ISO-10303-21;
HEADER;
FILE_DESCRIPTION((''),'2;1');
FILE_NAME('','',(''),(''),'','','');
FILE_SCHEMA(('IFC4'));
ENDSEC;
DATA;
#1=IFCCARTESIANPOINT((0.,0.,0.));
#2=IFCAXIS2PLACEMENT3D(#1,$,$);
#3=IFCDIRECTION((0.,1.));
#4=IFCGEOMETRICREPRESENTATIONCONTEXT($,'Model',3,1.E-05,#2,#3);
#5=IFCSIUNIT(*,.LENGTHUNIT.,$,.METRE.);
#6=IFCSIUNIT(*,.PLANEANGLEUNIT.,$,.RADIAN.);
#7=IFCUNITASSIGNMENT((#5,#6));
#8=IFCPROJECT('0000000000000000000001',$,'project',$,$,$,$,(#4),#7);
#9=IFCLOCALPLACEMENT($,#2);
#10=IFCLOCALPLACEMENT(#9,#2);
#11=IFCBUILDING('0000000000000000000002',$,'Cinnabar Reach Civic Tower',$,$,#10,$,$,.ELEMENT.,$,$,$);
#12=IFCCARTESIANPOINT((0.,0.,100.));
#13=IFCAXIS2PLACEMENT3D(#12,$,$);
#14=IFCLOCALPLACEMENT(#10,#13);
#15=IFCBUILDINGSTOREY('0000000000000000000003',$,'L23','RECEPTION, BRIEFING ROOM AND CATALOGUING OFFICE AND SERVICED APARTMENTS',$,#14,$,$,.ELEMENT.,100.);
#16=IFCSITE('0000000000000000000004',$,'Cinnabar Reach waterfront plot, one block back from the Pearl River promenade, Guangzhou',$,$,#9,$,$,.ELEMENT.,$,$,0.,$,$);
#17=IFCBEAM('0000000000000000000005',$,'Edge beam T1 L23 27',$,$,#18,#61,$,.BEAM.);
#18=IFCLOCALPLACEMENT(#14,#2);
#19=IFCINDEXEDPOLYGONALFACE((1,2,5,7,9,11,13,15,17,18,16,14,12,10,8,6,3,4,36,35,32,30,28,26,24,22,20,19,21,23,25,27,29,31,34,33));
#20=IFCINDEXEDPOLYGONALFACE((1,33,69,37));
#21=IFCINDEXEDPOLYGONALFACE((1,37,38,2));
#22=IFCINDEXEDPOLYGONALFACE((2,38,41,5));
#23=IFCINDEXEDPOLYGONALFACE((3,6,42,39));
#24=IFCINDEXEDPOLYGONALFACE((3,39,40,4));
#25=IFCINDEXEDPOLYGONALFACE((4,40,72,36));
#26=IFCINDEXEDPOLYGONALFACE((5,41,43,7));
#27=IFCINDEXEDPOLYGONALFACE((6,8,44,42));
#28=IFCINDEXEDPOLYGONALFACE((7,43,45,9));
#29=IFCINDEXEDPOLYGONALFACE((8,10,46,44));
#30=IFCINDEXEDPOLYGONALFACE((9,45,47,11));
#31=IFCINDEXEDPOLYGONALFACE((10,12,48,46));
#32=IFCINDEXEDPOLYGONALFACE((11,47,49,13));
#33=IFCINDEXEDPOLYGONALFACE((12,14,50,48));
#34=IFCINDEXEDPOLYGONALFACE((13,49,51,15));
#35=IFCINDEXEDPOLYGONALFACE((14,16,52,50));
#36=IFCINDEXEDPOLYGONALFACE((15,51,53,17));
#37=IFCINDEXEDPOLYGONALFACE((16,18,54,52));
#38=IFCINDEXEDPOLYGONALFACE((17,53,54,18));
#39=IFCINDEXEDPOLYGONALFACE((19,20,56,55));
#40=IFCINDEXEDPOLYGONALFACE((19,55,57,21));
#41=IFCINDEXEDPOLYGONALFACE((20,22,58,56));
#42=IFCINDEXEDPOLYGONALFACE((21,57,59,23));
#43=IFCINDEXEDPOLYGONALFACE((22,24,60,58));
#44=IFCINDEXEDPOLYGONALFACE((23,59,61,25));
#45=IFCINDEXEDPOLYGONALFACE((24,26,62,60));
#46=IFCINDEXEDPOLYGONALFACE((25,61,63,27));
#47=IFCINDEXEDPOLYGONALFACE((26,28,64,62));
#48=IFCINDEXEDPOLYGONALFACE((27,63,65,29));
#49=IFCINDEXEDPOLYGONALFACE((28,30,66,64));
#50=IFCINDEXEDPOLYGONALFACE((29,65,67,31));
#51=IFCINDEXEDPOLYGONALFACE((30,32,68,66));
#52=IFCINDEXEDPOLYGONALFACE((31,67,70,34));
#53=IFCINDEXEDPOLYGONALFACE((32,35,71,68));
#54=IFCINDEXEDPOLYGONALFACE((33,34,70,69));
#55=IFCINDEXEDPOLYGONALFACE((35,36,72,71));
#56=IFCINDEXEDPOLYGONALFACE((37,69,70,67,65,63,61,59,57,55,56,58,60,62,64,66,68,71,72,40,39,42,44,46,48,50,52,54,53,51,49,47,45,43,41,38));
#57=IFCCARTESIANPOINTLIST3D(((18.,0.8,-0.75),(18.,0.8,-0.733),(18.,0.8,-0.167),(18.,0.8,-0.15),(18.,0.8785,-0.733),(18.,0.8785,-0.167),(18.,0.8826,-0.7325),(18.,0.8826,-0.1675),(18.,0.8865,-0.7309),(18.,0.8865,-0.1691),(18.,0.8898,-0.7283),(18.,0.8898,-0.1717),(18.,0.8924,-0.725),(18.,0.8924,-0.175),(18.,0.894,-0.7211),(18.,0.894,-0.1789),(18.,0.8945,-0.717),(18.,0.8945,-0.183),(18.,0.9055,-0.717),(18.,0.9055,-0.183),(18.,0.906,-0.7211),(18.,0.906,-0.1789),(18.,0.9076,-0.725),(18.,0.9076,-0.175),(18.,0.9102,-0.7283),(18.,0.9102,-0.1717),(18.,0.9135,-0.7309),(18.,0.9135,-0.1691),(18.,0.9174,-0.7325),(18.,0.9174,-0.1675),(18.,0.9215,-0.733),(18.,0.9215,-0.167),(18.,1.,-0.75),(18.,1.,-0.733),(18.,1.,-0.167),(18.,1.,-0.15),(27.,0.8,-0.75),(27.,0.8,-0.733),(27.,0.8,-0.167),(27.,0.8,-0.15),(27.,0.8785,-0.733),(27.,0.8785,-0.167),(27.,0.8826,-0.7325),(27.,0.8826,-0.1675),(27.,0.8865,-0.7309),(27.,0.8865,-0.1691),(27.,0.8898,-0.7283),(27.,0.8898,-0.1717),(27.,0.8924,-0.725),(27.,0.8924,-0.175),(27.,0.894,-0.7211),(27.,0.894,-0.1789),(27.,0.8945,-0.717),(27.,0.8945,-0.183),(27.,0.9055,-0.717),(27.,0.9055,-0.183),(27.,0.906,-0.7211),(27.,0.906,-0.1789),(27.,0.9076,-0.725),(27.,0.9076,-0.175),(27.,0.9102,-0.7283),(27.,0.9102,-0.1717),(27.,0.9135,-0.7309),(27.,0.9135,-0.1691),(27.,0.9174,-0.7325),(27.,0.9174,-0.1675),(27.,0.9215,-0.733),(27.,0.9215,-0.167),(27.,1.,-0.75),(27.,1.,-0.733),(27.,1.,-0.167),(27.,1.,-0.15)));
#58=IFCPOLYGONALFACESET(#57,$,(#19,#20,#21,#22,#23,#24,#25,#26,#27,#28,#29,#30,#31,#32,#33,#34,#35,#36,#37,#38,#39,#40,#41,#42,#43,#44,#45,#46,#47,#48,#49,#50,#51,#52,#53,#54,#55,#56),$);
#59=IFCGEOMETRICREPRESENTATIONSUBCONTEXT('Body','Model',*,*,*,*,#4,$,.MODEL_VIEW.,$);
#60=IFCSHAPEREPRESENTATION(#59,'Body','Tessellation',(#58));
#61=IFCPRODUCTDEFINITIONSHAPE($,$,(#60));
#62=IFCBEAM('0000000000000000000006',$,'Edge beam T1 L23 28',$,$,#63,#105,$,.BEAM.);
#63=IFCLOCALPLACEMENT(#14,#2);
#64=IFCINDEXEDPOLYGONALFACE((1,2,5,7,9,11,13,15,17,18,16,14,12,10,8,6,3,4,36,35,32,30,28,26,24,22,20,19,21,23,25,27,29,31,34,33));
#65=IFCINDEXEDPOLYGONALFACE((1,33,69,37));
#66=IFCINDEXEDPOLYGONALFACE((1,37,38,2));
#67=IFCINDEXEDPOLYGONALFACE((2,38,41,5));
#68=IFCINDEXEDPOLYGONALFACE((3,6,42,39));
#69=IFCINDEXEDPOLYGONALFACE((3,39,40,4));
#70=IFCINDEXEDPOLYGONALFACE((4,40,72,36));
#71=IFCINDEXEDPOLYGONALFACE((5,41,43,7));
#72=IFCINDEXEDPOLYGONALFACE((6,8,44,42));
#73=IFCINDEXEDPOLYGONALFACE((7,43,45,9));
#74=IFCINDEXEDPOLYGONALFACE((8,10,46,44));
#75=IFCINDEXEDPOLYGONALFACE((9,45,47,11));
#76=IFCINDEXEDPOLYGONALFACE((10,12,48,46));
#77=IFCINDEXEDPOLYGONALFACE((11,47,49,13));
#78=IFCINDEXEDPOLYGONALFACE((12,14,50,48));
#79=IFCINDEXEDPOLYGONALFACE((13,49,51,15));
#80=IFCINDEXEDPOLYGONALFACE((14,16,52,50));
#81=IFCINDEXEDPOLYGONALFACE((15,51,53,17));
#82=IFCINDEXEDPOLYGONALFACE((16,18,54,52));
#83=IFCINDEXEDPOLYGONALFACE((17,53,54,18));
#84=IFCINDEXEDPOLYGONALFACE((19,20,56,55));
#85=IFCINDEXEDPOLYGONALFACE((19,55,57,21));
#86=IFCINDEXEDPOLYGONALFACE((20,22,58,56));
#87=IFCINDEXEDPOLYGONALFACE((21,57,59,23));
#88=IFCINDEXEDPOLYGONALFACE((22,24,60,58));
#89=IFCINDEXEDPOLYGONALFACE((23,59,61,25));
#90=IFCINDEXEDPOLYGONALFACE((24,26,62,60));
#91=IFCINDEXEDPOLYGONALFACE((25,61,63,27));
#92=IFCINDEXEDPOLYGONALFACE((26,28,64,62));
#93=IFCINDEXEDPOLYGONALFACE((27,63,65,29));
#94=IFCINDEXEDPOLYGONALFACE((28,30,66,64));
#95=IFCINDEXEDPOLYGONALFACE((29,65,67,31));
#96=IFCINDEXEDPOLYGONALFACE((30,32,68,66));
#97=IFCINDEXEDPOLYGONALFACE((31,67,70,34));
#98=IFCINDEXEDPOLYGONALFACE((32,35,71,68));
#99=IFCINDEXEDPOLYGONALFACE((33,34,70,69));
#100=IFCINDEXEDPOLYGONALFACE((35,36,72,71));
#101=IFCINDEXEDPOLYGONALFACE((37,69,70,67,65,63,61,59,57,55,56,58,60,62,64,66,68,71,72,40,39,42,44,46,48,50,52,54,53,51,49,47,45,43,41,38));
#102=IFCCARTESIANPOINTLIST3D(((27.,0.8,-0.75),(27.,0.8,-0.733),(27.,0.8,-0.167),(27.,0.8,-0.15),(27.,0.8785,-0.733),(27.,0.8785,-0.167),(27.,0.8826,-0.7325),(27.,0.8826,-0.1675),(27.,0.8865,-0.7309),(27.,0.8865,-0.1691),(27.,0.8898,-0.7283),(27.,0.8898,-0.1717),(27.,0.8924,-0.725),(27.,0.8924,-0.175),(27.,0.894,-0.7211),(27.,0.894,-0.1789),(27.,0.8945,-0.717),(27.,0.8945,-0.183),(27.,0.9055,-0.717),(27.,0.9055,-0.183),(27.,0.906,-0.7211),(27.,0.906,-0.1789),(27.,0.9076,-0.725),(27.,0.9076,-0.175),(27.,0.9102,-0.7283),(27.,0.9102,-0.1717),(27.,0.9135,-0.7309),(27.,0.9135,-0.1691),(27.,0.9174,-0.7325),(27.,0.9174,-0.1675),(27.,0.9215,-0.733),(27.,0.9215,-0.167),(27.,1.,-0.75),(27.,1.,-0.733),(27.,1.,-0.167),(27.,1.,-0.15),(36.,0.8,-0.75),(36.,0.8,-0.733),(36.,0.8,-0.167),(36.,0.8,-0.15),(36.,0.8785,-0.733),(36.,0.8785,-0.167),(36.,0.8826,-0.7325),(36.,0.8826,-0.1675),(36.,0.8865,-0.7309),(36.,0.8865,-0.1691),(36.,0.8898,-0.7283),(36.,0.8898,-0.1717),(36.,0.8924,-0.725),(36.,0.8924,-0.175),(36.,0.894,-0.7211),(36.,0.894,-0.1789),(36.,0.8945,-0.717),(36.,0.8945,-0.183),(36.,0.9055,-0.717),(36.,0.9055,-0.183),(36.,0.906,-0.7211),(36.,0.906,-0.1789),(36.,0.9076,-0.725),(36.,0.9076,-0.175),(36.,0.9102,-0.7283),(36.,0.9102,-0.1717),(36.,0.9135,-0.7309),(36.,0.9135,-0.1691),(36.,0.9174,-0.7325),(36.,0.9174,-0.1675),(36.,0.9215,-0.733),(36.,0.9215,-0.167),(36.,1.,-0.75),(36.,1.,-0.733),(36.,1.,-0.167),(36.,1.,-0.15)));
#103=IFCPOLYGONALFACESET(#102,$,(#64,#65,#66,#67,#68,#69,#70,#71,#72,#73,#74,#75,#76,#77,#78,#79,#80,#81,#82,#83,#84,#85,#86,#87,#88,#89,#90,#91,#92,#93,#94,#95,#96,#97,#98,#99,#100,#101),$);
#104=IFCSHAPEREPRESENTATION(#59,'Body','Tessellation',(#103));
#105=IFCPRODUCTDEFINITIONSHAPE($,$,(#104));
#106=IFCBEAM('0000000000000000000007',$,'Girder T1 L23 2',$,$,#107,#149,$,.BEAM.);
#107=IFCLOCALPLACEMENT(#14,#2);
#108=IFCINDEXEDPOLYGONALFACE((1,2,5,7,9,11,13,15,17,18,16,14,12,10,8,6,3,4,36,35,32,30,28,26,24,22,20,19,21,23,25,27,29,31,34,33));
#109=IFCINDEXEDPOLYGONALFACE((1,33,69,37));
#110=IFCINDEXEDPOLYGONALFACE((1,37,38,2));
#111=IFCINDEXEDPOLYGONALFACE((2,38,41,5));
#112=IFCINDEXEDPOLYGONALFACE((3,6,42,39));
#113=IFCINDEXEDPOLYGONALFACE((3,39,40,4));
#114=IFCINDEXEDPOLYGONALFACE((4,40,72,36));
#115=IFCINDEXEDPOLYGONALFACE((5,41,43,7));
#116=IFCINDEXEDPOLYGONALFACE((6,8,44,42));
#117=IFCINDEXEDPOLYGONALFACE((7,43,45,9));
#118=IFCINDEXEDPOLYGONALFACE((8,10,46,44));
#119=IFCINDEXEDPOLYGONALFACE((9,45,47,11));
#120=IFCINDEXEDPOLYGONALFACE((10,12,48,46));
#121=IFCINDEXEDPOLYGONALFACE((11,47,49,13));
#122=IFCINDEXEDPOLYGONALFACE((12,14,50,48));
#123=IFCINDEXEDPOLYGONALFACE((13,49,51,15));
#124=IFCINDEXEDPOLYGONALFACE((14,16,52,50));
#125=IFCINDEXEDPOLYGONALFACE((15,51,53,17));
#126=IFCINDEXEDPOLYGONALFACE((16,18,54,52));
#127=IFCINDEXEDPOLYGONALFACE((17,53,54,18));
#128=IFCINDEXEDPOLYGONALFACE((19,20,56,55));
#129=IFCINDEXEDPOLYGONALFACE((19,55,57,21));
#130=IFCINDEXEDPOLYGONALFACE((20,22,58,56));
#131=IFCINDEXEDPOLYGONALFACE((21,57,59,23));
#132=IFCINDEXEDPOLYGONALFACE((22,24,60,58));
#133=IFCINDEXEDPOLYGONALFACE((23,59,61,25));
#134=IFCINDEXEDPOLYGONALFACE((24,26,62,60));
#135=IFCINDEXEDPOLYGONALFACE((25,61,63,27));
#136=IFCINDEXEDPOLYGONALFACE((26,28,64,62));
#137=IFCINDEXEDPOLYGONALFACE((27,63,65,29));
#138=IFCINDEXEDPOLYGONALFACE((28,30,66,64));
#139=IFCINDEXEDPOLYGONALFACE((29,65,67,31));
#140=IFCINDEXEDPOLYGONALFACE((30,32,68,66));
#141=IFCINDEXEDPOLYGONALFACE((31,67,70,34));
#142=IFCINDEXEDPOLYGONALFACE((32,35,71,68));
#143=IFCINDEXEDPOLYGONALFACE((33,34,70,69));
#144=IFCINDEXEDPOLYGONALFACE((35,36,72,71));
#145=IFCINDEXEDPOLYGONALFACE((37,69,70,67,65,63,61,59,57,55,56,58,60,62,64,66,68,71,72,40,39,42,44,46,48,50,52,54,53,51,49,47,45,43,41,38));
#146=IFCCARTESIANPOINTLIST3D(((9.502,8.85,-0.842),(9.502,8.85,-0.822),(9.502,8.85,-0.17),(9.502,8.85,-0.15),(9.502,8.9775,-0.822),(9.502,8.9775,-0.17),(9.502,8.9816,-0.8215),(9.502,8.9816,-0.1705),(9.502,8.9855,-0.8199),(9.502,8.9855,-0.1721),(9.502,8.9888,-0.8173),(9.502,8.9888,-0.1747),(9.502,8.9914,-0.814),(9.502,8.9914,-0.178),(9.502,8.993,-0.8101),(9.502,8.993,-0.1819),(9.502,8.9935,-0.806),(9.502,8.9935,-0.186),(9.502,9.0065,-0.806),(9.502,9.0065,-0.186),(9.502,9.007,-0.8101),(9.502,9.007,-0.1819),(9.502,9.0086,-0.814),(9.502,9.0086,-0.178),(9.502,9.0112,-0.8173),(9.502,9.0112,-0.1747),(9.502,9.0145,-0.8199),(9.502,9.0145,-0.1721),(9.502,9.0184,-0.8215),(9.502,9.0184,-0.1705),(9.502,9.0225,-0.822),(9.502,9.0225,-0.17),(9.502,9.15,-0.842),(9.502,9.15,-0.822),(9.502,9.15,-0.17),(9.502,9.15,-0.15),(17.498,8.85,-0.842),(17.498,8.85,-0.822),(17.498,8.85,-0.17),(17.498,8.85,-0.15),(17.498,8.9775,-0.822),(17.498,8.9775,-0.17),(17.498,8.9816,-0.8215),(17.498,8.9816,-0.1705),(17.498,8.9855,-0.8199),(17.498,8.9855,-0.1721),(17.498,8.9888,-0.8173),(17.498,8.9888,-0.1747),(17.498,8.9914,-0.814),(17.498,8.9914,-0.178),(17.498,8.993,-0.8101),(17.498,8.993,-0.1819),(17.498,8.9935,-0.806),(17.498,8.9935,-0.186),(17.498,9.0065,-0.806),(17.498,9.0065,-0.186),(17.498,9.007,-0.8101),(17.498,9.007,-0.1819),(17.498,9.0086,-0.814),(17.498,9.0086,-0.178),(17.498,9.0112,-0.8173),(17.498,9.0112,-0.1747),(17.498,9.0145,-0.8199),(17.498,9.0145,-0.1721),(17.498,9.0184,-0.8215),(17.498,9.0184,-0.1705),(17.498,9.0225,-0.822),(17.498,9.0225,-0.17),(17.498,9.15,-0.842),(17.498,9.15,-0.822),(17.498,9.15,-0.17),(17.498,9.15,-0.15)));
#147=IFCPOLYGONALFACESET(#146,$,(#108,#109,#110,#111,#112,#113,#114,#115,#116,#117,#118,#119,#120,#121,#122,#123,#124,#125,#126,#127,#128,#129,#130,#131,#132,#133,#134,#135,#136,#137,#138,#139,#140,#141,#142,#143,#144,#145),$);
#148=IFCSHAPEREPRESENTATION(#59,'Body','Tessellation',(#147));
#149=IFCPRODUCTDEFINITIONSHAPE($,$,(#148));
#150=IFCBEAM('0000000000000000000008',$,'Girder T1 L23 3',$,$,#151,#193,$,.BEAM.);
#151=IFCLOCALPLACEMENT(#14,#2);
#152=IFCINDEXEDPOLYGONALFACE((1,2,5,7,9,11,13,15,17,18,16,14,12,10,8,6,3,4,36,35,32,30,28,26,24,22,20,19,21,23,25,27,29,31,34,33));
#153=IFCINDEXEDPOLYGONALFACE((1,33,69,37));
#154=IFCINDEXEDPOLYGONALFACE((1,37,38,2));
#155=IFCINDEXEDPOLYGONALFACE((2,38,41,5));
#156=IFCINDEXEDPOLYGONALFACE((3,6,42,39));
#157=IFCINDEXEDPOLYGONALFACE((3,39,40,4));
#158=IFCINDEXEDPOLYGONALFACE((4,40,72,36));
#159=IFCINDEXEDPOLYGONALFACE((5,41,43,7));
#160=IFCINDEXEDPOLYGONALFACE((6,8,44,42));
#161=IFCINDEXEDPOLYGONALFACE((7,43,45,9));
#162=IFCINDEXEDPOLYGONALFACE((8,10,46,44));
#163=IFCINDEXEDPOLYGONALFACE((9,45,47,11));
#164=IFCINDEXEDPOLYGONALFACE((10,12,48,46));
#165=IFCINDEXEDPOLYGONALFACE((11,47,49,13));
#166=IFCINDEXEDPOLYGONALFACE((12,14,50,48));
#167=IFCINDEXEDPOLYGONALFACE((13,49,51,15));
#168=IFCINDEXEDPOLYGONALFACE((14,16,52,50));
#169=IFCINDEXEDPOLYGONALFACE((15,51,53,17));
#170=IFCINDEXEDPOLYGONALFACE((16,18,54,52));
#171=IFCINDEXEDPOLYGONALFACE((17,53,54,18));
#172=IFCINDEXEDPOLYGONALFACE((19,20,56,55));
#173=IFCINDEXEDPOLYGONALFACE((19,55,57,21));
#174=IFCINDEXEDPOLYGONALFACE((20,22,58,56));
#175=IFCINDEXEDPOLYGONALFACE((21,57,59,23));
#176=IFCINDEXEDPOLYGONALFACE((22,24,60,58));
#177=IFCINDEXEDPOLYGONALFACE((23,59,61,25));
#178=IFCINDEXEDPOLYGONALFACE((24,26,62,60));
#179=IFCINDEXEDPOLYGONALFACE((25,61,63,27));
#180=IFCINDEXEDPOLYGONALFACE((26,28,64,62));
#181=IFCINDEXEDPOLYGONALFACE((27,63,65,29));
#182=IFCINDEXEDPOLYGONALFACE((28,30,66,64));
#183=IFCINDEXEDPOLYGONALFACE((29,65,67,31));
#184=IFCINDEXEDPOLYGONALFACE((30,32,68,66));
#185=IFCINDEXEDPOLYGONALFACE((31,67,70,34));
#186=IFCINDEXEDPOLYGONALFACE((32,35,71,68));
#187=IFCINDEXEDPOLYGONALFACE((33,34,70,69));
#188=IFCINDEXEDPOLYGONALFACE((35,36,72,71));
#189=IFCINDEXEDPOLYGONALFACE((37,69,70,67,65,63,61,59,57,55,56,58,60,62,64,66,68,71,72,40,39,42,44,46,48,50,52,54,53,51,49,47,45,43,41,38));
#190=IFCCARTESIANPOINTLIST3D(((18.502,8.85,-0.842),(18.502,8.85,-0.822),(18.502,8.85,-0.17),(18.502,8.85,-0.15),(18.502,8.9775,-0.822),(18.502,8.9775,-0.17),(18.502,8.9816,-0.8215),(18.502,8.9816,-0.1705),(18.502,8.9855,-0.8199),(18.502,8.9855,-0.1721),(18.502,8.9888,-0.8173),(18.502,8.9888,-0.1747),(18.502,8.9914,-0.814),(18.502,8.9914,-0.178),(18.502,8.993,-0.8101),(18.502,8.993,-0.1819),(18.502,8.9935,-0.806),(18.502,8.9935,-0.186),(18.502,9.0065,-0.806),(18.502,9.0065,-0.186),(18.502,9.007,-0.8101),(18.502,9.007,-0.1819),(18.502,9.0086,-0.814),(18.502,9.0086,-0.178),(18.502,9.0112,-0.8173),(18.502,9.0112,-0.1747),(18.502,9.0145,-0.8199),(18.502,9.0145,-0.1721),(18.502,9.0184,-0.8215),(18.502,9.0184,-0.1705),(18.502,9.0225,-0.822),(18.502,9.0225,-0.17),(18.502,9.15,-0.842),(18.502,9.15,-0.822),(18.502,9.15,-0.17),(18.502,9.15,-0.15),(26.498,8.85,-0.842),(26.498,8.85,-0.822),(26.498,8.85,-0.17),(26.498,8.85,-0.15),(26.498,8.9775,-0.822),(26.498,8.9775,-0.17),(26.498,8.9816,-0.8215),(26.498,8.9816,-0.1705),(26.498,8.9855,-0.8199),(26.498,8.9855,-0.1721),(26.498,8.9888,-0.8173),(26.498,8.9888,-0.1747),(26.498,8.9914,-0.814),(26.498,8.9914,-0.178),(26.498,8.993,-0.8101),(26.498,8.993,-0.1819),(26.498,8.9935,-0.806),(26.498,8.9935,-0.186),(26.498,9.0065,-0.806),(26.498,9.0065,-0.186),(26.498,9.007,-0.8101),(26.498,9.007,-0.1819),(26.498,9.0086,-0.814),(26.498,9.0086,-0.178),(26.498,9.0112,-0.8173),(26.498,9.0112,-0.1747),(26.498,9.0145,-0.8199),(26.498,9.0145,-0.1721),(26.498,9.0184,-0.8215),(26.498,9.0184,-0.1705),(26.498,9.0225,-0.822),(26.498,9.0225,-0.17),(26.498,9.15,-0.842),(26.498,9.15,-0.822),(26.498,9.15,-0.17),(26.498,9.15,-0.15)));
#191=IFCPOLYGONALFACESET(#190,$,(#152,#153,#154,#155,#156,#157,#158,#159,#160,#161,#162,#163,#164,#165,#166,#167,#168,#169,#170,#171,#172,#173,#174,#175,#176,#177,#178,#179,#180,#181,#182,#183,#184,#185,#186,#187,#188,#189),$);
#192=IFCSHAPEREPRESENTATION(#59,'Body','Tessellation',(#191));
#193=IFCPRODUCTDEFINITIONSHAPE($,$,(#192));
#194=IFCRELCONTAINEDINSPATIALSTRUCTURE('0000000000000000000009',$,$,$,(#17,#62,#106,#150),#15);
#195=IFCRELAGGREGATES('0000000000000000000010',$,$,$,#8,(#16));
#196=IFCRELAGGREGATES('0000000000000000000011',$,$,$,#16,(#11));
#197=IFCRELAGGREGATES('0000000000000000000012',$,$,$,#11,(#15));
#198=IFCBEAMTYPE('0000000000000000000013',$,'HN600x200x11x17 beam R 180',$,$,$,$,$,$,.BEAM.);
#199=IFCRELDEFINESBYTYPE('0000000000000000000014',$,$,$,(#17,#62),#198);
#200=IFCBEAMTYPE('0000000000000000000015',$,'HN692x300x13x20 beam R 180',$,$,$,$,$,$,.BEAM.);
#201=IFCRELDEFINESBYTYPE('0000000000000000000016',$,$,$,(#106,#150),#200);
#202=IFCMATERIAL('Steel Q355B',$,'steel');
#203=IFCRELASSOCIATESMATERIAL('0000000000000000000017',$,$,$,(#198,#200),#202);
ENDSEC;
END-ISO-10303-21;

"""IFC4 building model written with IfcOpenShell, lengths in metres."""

from ifc_helpers import new_model, si_unit, direction, frame, origin, origin_2d, place, context, subcontext, project, spatial, i_section, extrude, material, material_profile, profile_set, type_object, element, save


model = new_model("IFC4")

# Units and contexts
model_context = context("Model", 3, precision=1e-05, world=origin(), true_north=direction((0.0, 1.0)))
body_context = subcontext(model_context, "Body", "Model", "MODEL_VIEW")
ifc_project = project(units=[si_unit("LENGTHUNIT", "METRE"), si_unit("PLANEANGLEUNIT", "RADIAN")], contexts=[model_context])

# Site, building, storey
site_placement = place(None, origin())
site = spatial("IfcSite", under=ifc_project, at=site_placement, Name="Cinnabar Reach waterfront plot, one block back from the Pearl River promenade, Guangzhou", CompositionType="ELEMENT", RefElevation=0.0)
building_placement = place(site_placement, origin())
building = spatial("IfcBuilding", under=site, at=building_placement, Name="Cinnabar Reach Civic Tower", CompositionType="ELEMENT")
storey_placement = place(building_placement, frame((0.0, 0.0, 100.0)))
storey = spatial("IfcBuildingStorey", under=building, at=storey_placement, Name="L23", Description="RECEPTION, BRIEFING ROOM AND CATALOGUING OFFICE AND SERVICED APARTMENTS", CompositionType="ELEMENT", Elevation=100.0)

# Beams
ifc_material_1 = material(Name="Steel Q355B", Category="steel")
ifc_material_profile_1 = material_profile(ifc_material_1, i_section(OverallWidth=0.2, OverallDepth=0.6, WebThickness=0.011, FlangeThickness=0.017, FilletRadius=0.016, at=origin_2d()), Name="HN600x200x11x17")
ifc_profile_set_1 = profile_set([ifc_material_profile_1], Name="Steel Q355B")
beam_type_1 = type_object("IfcBeamType", Name="HN600x200x11x17 beam R 180", PredefinedType="BEAM", material=ifc_profile_set_1)
for number, where, z_axis, x_axis, name in (
    (1, (18.0, 0.9, -0.45), (1.0, 0.0, 0.0), (0.0, 1.0, 0.0), "Edge beam T1 L23 27"),
    (2, (27.0, 0.9, -0.45), (1.0, 0.0, 0.0), (0.0, 1.0, 0.0), "Edge beam T1 L23 28"),
):
    element("IfcBeam", number, at=place(storey_placement, frame(where, z_axis=z_axis, x_axis=x_axis)), inside=storey, type_object=beam_type_1, Name=name, PredefinedType="BEAM", context=body_context, shape_type="SweptSolid", body=[
        extrude(i_section(OverallWidth=0.2, OverallDepth=0.6, WebThickness=0.011, FlangeThickness=0.017, FilletRadius=0.016, at=origin_2d()), origin(), (0.0, 0.0, 1.0), 9.0),
    ])
ifc_material_profile_2 = material_profile(ifc_material_1, i_section(OverallWidth=0.3, OverallDepth=0.692, WebThickness=0.013, FlangeThickness=0.02, FilletRadius=0.016, at=origin_2d()), Name="HN692x300x13x20")
ifc_profile_set_2 = profile_set([ifc_material_profile_2], Name="Steel Q355B")
beam_type_2 = type_object("IfcBeamType", Name="HN692x300x13x20 beam R 180", PredefinedType="BEAM", material=ifc_profile_set_2)
for number, where, z_axis, x_axis, name in (
    (3, (9.502, 9.0, -0.496), (1.0, 0.0, 0.0), (0.0, 1.0, 0.0), "Girder T1 L23 2"),
    (4, (18.502, 9.0, -0.496), (1.0, 0.0, 0.0), (0.0, 1.0, 0.0), "Girder T1 L23 3"),
):
    element("IfcBeam", number, at=place(storey_placement, frame(where, z_axis=z_axis, x_axis=x_axis)), inside=storey, type_object=beam_type_2, Name=name, PredefinedType="BEAM", context=body_context, shape_type="SweptSolid", body=[
        extrude(i_section(OverallWidth=0.3, OverallDepth=0.692, WebThickness=0.013, FlangeThickness=0.02, FilletRadius=0.016, at=origin_2d()), origin(), (0.0, 0.0, 1.0), 7.996),
    ])

save(model, "model.ifc")
